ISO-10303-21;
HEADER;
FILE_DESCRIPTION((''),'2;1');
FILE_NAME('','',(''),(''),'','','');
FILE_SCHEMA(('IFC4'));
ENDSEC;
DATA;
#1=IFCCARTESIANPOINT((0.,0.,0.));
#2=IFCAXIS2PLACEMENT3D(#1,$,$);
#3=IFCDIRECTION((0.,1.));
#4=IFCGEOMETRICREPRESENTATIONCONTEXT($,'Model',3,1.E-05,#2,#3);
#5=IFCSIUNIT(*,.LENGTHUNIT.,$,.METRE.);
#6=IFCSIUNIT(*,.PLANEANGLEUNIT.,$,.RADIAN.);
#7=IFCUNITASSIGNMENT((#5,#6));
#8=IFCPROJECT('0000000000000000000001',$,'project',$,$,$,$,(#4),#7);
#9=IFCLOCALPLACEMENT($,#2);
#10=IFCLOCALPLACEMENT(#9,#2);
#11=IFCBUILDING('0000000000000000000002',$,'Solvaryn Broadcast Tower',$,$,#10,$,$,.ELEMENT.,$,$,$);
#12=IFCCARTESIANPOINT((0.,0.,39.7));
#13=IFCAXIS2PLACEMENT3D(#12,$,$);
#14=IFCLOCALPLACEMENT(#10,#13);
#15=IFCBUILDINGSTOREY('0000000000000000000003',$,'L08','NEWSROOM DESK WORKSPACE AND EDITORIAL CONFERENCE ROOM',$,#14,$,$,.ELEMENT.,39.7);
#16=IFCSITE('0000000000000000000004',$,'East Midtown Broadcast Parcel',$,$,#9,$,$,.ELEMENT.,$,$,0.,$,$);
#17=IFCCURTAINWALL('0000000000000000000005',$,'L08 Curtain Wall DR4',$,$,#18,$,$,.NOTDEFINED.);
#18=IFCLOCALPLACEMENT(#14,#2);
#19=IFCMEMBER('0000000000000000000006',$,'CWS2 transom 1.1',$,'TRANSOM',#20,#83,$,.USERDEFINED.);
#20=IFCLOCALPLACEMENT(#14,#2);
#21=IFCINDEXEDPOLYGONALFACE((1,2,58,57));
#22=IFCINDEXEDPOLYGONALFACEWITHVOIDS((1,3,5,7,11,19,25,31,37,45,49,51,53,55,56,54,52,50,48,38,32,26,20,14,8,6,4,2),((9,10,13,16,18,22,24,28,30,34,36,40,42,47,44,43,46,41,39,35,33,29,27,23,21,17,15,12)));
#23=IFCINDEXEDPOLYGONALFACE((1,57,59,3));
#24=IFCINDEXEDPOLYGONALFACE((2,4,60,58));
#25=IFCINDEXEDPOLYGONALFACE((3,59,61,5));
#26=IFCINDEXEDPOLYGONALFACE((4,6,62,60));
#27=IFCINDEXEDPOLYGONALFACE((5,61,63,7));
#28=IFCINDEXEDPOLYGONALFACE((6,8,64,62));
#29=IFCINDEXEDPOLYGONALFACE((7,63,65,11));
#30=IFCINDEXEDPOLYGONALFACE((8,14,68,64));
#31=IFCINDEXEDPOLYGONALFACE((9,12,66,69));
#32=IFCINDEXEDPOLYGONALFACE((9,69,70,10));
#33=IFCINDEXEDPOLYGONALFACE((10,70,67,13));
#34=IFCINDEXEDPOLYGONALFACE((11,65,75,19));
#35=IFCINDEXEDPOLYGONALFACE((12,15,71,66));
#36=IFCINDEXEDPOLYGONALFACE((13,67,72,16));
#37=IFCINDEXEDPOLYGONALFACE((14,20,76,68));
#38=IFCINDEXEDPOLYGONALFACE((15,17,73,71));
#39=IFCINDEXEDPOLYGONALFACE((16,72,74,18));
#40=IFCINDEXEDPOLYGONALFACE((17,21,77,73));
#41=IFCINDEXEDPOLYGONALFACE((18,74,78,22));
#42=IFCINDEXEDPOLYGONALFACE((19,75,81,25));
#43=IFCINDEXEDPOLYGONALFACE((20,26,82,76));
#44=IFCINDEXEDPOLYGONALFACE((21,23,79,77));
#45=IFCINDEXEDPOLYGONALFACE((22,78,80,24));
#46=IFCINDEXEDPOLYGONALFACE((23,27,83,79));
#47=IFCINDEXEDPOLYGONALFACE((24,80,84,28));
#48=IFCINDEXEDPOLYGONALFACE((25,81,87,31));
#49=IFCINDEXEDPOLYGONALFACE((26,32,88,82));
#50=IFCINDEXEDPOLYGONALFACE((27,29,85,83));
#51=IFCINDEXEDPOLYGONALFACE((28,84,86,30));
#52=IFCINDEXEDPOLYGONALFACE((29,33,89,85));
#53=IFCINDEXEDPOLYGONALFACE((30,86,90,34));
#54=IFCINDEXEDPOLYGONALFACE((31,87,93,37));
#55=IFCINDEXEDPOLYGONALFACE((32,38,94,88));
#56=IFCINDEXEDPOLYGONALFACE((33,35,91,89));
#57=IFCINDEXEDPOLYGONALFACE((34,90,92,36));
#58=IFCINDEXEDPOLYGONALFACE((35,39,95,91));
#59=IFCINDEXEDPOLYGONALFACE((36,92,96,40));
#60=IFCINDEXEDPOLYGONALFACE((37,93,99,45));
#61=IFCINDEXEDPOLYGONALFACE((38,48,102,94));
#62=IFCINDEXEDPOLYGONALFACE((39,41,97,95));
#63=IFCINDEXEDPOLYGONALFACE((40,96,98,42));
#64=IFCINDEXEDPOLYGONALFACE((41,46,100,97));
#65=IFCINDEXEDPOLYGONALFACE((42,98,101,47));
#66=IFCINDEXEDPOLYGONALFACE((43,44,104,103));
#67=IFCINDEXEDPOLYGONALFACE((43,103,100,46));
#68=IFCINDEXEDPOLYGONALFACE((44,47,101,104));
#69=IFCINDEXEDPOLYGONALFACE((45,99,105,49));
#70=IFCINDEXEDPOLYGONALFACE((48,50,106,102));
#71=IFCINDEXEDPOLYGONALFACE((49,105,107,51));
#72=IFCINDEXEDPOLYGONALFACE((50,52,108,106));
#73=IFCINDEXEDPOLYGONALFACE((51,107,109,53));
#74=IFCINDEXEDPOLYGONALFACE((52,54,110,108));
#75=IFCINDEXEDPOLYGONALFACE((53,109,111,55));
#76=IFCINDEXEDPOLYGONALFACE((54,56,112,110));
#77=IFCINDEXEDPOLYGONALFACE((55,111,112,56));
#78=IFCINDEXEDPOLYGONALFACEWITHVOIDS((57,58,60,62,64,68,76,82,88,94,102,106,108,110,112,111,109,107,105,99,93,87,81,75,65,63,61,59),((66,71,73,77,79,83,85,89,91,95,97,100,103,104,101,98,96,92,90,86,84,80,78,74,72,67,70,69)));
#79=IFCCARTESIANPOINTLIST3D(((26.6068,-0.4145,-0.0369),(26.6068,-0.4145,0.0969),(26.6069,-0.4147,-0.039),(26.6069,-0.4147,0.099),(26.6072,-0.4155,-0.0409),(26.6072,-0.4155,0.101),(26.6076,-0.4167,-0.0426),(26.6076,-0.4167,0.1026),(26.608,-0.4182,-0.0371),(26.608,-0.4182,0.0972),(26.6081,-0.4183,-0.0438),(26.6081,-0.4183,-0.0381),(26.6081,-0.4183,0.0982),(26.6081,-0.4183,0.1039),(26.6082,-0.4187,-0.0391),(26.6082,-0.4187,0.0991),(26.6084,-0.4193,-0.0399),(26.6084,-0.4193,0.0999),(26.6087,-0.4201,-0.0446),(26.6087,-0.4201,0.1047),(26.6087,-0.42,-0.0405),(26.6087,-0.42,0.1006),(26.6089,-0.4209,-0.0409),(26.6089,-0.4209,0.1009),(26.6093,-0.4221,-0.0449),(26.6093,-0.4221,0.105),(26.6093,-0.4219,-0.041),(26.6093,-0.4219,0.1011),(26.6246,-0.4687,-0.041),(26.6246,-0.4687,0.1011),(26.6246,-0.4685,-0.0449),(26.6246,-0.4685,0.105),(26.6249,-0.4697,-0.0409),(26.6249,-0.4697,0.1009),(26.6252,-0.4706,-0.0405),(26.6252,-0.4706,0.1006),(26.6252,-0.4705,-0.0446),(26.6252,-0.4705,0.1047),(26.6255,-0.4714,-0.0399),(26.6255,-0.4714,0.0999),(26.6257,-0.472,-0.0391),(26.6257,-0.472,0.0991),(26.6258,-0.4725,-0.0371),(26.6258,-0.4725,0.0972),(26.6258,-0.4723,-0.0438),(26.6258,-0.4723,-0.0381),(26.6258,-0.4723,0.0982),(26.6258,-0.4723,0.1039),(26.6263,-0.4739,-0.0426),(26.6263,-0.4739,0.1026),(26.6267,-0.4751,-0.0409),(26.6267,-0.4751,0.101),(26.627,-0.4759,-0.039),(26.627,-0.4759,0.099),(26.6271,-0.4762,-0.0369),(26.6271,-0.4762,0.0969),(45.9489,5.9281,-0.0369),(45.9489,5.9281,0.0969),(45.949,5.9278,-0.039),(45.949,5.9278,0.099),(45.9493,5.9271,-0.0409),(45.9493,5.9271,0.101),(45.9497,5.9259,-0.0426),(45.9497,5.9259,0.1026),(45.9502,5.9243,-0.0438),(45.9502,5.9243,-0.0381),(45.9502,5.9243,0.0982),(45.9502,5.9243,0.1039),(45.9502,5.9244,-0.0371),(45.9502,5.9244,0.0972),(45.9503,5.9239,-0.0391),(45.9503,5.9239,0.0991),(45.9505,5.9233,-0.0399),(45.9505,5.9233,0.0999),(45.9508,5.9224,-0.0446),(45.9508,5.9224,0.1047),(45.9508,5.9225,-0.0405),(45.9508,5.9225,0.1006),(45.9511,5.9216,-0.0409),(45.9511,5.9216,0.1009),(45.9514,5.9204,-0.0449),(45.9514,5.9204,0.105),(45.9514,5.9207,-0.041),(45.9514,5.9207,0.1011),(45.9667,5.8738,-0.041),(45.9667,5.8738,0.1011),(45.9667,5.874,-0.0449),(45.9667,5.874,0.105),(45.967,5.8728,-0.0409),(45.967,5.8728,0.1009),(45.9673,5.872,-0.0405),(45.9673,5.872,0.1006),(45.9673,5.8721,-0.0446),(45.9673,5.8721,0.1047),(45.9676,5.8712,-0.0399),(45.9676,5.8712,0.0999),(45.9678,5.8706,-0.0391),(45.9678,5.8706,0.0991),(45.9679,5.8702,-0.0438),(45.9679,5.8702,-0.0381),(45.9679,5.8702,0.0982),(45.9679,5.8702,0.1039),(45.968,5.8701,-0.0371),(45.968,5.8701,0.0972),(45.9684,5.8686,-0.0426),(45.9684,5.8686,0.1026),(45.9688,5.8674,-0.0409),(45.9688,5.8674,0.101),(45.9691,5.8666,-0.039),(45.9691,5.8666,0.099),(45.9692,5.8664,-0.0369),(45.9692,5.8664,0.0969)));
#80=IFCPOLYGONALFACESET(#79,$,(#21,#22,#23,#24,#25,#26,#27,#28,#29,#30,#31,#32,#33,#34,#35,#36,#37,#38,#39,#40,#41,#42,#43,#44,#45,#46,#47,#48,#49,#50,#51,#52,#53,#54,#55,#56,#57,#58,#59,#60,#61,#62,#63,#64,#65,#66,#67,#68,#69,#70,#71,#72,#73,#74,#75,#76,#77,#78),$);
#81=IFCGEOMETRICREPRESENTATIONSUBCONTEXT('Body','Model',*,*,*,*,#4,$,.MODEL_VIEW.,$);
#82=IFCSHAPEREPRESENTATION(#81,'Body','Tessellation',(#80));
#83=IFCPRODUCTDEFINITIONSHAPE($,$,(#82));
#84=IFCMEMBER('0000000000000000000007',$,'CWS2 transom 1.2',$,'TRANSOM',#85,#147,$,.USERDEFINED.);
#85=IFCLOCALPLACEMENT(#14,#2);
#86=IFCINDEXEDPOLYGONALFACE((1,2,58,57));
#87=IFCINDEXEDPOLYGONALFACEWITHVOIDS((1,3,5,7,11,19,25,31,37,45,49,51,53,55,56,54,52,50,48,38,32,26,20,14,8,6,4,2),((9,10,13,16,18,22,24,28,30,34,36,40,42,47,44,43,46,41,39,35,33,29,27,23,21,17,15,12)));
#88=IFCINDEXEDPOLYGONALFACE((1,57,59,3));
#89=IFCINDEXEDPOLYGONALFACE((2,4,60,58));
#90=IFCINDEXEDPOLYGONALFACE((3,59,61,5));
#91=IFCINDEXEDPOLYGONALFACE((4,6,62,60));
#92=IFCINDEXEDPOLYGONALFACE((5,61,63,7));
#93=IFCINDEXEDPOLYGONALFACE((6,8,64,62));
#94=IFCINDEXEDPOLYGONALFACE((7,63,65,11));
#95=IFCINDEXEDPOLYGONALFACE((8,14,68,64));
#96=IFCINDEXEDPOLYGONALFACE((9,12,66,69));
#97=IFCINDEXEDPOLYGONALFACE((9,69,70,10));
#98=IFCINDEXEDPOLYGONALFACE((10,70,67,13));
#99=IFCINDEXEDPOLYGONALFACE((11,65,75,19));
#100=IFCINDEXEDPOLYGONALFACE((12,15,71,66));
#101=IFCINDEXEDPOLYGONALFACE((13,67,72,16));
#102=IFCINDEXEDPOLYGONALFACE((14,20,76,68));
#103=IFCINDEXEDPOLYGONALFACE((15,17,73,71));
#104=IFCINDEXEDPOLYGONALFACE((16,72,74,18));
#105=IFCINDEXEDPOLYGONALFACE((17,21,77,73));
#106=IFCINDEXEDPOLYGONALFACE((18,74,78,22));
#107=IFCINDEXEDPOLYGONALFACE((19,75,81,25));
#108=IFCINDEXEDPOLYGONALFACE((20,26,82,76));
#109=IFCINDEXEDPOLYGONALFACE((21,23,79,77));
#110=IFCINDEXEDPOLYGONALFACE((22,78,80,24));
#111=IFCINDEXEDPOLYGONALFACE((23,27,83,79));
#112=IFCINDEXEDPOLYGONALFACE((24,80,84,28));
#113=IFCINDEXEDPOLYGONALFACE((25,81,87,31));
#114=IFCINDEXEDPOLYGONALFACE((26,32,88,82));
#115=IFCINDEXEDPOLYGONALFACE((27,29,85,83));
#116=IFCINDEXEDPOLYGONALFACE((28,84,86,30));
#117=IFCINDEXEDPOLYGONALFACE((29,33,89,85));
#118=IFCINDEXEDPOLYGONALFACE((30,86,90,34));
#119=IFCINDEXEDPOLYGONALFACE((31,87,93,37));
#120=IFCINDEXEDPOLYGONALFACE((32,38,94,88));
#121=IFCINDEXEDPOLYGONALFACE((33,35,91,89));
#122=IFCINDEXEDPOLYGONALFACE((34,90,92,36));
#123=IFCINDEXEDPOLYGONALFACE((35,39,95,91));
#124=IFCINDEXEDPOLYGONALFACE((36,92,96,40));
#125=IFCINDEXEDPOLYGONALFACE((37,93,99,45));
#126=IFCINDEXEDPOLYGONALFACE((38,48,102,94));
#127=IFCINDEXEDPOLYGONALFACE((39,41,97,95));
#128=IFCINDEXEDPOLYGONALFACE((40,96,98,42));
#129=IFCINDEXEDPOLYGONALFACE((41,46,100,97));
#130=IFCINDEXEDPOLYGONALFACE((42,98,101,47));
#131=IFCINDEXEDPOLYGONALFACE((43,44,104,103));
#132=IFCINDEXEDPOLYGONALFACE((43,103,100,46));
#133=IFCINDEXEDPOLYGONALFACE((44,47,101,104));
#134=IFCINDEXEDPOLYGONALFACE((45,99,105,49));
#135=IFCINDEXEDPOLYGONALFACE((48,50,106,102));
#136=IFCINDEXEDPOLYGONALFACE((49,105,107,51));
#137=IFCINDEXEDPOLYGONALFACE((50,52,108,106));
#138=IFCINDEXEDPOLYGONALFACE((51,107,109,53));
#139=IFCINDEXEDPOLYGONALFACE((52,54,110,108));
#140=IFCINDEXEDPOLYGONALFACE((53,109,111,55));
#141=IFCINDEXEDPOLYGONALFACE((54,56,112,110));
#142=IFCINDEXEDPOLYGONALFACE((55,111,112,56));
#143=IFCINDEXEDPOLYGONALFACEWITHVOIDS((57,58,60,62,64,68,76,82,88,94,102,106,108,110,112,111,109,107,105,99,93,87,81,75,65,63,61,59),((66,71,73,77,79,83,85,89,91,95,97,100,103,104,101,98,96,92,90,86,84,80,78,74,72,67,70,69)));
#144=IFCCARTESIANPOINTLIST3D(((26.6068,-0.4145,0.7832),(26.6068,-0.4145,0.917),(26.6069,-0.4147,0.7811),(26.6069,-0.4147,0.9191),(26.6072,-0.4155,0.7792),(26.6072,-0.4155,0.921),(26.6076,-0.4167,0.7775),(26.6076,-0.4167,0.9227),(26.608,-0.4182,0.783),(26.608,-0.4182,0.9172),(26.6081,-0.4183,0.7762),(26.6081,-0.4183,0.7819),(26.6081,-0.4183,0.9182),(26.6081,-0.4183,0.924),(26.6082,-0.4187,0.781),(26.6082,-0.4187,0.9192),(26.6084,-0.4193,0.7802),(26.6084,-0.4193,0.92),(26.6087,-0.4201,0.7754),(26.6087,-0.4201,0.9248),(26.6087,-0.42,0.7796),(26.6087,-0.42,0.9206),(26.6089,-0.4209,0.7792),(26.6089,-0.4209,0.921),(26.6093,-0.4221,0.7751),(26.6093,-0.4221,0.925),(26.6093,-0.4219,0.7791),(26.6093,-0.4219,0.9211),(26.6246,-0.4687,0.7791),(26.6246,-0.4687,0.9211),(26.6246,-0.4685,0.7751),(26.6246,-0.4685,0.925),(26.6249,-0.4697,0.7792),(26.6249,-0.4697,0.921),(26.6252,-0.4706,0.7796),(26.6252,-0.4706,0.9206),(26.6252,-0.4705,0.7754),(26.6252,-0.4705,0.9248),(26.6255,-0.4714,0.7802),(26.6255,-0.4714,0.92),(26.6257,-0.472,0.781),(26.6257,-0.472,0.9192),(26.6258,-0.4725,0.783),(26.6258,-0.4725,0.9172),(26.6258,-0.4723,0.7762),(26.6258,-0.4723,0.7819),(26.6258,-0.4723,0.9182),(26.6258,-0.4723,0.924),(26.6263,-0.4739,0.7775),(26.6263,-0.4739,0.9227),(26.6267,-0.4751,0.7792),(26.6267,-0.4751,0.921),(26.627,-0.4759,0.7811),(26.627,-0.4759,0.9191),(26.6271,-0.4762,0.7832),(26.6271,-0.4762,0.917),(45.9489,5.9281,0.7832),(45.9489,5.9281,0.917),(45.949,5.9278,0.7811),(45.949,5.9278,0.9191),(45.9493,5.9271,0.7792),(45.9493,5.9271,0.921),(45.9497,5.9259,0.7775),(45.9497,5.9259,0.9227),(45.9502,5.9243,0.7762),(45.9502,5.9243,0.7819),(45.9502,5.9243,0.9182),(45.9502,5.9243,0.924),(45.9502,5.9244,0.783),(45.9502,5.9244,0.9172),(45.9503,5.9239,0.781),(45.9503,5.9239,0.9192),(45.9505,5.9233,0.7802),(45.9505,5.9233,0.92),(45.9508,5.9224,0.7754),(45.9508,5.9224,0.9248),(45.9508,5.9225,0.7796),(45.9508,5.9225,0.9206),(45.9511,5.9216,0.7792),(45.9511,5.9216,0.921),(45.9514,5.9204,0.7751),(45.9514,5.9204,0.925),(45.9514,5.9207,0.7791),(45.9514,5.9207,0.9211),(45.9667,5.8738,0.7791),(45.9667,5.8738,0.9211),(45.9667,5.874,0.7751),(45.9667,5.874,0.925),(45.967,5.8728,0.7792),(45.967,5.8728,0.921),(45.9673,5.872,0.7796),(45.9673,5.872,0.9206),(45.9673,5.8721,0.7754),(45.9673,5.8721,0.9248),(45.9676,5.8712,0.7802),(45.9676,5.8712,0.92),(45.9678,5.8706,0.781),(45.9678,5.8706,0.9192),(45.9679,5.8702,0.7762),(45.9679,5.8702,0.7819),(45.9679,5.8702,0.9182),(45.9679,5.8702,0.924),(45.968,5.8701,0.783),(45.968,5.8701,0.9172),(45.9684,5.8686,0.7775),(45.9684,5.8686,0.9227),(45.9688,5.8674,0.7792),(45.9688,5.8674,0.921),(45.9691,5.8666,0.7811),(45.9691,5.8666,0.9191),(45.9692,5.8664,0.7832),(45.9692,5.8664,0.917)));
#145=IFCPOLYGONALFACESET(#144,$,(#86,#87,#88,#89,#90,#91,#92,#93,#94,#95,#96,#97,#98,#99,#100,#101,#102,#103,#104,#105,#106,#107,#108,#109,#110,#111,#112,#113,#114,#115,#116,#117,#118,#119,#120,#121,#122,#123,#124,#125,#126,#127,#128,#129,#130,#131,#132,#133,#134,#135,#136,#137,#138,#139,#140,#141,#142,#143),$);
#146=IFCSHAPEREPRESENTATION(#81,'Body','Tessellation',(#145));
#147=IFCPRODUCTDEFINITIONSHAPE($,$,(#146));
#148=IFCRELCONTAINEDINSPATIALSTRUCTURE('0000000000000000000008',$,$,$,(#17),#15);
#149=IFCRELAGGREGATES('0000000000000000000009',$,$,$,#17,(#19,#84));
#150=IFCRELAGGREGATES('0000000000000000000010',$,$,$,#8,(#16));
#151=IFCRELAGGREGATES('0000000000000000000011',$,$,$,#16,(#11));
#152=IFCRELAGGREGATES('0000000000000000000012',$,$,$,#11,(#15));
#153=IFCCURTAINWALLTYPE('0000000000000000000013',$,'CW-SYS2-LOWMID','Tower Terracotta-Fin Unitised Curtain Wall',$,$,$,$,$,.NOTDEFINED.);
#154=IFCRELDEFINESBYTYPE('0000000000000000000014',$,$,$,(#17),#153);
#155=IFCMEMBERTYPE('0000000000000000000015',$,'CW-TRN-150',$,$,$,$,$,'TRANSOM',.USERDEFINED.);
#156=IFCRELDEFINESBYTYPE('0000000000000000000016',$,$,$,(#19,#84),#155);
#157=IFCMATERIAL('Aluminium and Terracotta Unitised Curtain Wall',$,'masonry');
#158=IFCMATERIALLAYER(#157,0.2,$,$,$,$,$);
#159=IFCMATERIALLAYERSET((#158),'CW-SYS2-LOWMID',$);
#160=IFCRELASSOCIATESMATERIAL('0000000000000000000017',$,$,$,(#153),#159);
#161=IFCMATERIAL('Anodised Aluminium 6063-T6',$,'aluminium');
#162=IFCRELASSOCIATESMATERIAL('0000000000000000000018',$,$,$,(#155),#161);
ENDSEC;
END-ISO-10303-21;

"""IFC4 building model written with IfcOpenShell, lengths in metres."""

from ifc_helpers import new_model, si_unit, direction, frame, origin, origin_2d, place, context, subcontext, project, spatial, hollow_rectangle, extrude, material, layer, layer_set, material_profile, profile_set, type_object, element, aggregate, save


model = new_model("IFC4")

# Units and contexts
model_context = context("Model", 3, precision=1e-05, world=origin(), true_north=direction((0.0, 1.0)))
body_context = subcontext(model_context, "Body", "Model", "MODEL_VIEW")
ifc_project = project(units=[si_unit("LENGTHUNIT", "METRE"), si_unit("PLANEANGLEUNIT", "RADIAN")], contexts=[model_context])

# Site, building, storey
site_placement = place(None, origin())
site = spatial("IfcSite", under=ifc_project, at=site_placement, Name="East Midtown Broadcast Parcel", CompositionType="ELEMENT", RefElevation=0.0)
building_placement = place(site_placement, origin())
building = spatial("IfcBuilding", under=site, at=building_placement, Name="Solvaryn Broadcast Tower", CompositionType="ELEMENT")
storey_placement = place(building_placement, frame((0.0, 0.0, 39.7)))
storey = spatial("IfcBuildingStorey", under=building, at=storey_placement, Name="L08", Description="NEWSROOM DESK WORKSPACE AND EDITORIAL CONFERENCE ROOM", CompositionType="ELEMENT", Elevation=39.7)

# Shared definitions
ifc_material_1 = material(Name="Aluminium and Terracotta Unitised Curtain Wall", Category="masonry")
ifc_layer_1 = layer(ifc_material_1, 0.2)
ifc_layer_set_1 = layer_set([ifc_layer_1], Name="CW-SYS2-LOWMID")
curtain_wall_type = type_object("IfcCurtainWallType", Name="CW-SYS2-LOWMID", Description="Tower Terracotta-Fin Unitised Curtain Wall", PredefinedType="NOTDEFINED", material=ifc_layer_set_1)

# Curtain wall, members
curtain_wall_1_placement = place(storey_placement, origin())
curtain_wall_1 = element("IfcCurtainWall", 1, at=curtain_wall_1_placement, inside=storey, type_object=curtain_wall_type, Name="L08 Curtain Wall DR4", PredefinedType="NOTDEFINED")
ifc_material_2 = material(Name="Anodised Aluminium 6063-T6", Category="aluminium")
ifc_material_profile_1 = material_profile(ifc_material_2, hollow_rectangle(XDim=0.0649, YDim=0.1499, WallThickness=0.0039, InnerFilletRadius=0.0039, OuterFilletRadius=0.0081, at=origin_2d()))
ifc_profile_set_1 = profile_set([ifc_material_profile_1], Name="Anodised Aluminium 6063-T6")
member_type_1 = type_object("IfcMemberType", Name="CW-TRN-150", ElementType="TRANSOM", PredefinedType="USERDEFINED", material=ifc_profile_set_1)
member_1_placement = place(storey_placement, frame((26.6169, -0.4453, 0.03), z_axis=(0.950217, 0.31159, 0.0), x_axis=(-0.31159, 0.950217, 0.0)))
member_1 = element("IfcMember", 2, at=member_1_placement, type_object=member_type_1, Name="CWS2 transom 1.1", ObjectType="TRANSOM", PredefinedType="USERDEFINED", context=body_context, shape_type="SweptSolid", body=[
    extrude(hollow_rectangle(XDim=0.0649, YDim=0.1499, WallThickness=0.0039, InnerFilletRadius=0.0039, OuterFilletRadius=0.0081, at=origin_2d()), origin(), (0.0, 0.0, 1.0), 20.3555),
])
member_2_placement = place(storey_placement, frame((26.6169, -0.4453, 0.8501), z_axis=(0.950217, 0.31159, 0.0), x_axis=(-0.31159, 0.950217, 0.0)))
member_2 = element("IfcMember", 3, at=member_2_placement, type_object=member_type_1, Name="CWS2 transom 1.2", ObjectType="TRANSOM", PredefinedType="USERDEFINED", context=body_context, shape_type="SweptSolid", body=[
    extrude(hollow_rectangle(XDim=0.0649, YDim=0.1499, WallThickness=0.0039, InnerFilletRadius=0.0039, OuterFilletRadius=0.0081, at=origin_2d()), origin(), (0.0, 0.0, 1.0), 20.3555),
])
aggregate(curtain_wall_1, [member_1, member_2])

save(model, "model.ifc")
